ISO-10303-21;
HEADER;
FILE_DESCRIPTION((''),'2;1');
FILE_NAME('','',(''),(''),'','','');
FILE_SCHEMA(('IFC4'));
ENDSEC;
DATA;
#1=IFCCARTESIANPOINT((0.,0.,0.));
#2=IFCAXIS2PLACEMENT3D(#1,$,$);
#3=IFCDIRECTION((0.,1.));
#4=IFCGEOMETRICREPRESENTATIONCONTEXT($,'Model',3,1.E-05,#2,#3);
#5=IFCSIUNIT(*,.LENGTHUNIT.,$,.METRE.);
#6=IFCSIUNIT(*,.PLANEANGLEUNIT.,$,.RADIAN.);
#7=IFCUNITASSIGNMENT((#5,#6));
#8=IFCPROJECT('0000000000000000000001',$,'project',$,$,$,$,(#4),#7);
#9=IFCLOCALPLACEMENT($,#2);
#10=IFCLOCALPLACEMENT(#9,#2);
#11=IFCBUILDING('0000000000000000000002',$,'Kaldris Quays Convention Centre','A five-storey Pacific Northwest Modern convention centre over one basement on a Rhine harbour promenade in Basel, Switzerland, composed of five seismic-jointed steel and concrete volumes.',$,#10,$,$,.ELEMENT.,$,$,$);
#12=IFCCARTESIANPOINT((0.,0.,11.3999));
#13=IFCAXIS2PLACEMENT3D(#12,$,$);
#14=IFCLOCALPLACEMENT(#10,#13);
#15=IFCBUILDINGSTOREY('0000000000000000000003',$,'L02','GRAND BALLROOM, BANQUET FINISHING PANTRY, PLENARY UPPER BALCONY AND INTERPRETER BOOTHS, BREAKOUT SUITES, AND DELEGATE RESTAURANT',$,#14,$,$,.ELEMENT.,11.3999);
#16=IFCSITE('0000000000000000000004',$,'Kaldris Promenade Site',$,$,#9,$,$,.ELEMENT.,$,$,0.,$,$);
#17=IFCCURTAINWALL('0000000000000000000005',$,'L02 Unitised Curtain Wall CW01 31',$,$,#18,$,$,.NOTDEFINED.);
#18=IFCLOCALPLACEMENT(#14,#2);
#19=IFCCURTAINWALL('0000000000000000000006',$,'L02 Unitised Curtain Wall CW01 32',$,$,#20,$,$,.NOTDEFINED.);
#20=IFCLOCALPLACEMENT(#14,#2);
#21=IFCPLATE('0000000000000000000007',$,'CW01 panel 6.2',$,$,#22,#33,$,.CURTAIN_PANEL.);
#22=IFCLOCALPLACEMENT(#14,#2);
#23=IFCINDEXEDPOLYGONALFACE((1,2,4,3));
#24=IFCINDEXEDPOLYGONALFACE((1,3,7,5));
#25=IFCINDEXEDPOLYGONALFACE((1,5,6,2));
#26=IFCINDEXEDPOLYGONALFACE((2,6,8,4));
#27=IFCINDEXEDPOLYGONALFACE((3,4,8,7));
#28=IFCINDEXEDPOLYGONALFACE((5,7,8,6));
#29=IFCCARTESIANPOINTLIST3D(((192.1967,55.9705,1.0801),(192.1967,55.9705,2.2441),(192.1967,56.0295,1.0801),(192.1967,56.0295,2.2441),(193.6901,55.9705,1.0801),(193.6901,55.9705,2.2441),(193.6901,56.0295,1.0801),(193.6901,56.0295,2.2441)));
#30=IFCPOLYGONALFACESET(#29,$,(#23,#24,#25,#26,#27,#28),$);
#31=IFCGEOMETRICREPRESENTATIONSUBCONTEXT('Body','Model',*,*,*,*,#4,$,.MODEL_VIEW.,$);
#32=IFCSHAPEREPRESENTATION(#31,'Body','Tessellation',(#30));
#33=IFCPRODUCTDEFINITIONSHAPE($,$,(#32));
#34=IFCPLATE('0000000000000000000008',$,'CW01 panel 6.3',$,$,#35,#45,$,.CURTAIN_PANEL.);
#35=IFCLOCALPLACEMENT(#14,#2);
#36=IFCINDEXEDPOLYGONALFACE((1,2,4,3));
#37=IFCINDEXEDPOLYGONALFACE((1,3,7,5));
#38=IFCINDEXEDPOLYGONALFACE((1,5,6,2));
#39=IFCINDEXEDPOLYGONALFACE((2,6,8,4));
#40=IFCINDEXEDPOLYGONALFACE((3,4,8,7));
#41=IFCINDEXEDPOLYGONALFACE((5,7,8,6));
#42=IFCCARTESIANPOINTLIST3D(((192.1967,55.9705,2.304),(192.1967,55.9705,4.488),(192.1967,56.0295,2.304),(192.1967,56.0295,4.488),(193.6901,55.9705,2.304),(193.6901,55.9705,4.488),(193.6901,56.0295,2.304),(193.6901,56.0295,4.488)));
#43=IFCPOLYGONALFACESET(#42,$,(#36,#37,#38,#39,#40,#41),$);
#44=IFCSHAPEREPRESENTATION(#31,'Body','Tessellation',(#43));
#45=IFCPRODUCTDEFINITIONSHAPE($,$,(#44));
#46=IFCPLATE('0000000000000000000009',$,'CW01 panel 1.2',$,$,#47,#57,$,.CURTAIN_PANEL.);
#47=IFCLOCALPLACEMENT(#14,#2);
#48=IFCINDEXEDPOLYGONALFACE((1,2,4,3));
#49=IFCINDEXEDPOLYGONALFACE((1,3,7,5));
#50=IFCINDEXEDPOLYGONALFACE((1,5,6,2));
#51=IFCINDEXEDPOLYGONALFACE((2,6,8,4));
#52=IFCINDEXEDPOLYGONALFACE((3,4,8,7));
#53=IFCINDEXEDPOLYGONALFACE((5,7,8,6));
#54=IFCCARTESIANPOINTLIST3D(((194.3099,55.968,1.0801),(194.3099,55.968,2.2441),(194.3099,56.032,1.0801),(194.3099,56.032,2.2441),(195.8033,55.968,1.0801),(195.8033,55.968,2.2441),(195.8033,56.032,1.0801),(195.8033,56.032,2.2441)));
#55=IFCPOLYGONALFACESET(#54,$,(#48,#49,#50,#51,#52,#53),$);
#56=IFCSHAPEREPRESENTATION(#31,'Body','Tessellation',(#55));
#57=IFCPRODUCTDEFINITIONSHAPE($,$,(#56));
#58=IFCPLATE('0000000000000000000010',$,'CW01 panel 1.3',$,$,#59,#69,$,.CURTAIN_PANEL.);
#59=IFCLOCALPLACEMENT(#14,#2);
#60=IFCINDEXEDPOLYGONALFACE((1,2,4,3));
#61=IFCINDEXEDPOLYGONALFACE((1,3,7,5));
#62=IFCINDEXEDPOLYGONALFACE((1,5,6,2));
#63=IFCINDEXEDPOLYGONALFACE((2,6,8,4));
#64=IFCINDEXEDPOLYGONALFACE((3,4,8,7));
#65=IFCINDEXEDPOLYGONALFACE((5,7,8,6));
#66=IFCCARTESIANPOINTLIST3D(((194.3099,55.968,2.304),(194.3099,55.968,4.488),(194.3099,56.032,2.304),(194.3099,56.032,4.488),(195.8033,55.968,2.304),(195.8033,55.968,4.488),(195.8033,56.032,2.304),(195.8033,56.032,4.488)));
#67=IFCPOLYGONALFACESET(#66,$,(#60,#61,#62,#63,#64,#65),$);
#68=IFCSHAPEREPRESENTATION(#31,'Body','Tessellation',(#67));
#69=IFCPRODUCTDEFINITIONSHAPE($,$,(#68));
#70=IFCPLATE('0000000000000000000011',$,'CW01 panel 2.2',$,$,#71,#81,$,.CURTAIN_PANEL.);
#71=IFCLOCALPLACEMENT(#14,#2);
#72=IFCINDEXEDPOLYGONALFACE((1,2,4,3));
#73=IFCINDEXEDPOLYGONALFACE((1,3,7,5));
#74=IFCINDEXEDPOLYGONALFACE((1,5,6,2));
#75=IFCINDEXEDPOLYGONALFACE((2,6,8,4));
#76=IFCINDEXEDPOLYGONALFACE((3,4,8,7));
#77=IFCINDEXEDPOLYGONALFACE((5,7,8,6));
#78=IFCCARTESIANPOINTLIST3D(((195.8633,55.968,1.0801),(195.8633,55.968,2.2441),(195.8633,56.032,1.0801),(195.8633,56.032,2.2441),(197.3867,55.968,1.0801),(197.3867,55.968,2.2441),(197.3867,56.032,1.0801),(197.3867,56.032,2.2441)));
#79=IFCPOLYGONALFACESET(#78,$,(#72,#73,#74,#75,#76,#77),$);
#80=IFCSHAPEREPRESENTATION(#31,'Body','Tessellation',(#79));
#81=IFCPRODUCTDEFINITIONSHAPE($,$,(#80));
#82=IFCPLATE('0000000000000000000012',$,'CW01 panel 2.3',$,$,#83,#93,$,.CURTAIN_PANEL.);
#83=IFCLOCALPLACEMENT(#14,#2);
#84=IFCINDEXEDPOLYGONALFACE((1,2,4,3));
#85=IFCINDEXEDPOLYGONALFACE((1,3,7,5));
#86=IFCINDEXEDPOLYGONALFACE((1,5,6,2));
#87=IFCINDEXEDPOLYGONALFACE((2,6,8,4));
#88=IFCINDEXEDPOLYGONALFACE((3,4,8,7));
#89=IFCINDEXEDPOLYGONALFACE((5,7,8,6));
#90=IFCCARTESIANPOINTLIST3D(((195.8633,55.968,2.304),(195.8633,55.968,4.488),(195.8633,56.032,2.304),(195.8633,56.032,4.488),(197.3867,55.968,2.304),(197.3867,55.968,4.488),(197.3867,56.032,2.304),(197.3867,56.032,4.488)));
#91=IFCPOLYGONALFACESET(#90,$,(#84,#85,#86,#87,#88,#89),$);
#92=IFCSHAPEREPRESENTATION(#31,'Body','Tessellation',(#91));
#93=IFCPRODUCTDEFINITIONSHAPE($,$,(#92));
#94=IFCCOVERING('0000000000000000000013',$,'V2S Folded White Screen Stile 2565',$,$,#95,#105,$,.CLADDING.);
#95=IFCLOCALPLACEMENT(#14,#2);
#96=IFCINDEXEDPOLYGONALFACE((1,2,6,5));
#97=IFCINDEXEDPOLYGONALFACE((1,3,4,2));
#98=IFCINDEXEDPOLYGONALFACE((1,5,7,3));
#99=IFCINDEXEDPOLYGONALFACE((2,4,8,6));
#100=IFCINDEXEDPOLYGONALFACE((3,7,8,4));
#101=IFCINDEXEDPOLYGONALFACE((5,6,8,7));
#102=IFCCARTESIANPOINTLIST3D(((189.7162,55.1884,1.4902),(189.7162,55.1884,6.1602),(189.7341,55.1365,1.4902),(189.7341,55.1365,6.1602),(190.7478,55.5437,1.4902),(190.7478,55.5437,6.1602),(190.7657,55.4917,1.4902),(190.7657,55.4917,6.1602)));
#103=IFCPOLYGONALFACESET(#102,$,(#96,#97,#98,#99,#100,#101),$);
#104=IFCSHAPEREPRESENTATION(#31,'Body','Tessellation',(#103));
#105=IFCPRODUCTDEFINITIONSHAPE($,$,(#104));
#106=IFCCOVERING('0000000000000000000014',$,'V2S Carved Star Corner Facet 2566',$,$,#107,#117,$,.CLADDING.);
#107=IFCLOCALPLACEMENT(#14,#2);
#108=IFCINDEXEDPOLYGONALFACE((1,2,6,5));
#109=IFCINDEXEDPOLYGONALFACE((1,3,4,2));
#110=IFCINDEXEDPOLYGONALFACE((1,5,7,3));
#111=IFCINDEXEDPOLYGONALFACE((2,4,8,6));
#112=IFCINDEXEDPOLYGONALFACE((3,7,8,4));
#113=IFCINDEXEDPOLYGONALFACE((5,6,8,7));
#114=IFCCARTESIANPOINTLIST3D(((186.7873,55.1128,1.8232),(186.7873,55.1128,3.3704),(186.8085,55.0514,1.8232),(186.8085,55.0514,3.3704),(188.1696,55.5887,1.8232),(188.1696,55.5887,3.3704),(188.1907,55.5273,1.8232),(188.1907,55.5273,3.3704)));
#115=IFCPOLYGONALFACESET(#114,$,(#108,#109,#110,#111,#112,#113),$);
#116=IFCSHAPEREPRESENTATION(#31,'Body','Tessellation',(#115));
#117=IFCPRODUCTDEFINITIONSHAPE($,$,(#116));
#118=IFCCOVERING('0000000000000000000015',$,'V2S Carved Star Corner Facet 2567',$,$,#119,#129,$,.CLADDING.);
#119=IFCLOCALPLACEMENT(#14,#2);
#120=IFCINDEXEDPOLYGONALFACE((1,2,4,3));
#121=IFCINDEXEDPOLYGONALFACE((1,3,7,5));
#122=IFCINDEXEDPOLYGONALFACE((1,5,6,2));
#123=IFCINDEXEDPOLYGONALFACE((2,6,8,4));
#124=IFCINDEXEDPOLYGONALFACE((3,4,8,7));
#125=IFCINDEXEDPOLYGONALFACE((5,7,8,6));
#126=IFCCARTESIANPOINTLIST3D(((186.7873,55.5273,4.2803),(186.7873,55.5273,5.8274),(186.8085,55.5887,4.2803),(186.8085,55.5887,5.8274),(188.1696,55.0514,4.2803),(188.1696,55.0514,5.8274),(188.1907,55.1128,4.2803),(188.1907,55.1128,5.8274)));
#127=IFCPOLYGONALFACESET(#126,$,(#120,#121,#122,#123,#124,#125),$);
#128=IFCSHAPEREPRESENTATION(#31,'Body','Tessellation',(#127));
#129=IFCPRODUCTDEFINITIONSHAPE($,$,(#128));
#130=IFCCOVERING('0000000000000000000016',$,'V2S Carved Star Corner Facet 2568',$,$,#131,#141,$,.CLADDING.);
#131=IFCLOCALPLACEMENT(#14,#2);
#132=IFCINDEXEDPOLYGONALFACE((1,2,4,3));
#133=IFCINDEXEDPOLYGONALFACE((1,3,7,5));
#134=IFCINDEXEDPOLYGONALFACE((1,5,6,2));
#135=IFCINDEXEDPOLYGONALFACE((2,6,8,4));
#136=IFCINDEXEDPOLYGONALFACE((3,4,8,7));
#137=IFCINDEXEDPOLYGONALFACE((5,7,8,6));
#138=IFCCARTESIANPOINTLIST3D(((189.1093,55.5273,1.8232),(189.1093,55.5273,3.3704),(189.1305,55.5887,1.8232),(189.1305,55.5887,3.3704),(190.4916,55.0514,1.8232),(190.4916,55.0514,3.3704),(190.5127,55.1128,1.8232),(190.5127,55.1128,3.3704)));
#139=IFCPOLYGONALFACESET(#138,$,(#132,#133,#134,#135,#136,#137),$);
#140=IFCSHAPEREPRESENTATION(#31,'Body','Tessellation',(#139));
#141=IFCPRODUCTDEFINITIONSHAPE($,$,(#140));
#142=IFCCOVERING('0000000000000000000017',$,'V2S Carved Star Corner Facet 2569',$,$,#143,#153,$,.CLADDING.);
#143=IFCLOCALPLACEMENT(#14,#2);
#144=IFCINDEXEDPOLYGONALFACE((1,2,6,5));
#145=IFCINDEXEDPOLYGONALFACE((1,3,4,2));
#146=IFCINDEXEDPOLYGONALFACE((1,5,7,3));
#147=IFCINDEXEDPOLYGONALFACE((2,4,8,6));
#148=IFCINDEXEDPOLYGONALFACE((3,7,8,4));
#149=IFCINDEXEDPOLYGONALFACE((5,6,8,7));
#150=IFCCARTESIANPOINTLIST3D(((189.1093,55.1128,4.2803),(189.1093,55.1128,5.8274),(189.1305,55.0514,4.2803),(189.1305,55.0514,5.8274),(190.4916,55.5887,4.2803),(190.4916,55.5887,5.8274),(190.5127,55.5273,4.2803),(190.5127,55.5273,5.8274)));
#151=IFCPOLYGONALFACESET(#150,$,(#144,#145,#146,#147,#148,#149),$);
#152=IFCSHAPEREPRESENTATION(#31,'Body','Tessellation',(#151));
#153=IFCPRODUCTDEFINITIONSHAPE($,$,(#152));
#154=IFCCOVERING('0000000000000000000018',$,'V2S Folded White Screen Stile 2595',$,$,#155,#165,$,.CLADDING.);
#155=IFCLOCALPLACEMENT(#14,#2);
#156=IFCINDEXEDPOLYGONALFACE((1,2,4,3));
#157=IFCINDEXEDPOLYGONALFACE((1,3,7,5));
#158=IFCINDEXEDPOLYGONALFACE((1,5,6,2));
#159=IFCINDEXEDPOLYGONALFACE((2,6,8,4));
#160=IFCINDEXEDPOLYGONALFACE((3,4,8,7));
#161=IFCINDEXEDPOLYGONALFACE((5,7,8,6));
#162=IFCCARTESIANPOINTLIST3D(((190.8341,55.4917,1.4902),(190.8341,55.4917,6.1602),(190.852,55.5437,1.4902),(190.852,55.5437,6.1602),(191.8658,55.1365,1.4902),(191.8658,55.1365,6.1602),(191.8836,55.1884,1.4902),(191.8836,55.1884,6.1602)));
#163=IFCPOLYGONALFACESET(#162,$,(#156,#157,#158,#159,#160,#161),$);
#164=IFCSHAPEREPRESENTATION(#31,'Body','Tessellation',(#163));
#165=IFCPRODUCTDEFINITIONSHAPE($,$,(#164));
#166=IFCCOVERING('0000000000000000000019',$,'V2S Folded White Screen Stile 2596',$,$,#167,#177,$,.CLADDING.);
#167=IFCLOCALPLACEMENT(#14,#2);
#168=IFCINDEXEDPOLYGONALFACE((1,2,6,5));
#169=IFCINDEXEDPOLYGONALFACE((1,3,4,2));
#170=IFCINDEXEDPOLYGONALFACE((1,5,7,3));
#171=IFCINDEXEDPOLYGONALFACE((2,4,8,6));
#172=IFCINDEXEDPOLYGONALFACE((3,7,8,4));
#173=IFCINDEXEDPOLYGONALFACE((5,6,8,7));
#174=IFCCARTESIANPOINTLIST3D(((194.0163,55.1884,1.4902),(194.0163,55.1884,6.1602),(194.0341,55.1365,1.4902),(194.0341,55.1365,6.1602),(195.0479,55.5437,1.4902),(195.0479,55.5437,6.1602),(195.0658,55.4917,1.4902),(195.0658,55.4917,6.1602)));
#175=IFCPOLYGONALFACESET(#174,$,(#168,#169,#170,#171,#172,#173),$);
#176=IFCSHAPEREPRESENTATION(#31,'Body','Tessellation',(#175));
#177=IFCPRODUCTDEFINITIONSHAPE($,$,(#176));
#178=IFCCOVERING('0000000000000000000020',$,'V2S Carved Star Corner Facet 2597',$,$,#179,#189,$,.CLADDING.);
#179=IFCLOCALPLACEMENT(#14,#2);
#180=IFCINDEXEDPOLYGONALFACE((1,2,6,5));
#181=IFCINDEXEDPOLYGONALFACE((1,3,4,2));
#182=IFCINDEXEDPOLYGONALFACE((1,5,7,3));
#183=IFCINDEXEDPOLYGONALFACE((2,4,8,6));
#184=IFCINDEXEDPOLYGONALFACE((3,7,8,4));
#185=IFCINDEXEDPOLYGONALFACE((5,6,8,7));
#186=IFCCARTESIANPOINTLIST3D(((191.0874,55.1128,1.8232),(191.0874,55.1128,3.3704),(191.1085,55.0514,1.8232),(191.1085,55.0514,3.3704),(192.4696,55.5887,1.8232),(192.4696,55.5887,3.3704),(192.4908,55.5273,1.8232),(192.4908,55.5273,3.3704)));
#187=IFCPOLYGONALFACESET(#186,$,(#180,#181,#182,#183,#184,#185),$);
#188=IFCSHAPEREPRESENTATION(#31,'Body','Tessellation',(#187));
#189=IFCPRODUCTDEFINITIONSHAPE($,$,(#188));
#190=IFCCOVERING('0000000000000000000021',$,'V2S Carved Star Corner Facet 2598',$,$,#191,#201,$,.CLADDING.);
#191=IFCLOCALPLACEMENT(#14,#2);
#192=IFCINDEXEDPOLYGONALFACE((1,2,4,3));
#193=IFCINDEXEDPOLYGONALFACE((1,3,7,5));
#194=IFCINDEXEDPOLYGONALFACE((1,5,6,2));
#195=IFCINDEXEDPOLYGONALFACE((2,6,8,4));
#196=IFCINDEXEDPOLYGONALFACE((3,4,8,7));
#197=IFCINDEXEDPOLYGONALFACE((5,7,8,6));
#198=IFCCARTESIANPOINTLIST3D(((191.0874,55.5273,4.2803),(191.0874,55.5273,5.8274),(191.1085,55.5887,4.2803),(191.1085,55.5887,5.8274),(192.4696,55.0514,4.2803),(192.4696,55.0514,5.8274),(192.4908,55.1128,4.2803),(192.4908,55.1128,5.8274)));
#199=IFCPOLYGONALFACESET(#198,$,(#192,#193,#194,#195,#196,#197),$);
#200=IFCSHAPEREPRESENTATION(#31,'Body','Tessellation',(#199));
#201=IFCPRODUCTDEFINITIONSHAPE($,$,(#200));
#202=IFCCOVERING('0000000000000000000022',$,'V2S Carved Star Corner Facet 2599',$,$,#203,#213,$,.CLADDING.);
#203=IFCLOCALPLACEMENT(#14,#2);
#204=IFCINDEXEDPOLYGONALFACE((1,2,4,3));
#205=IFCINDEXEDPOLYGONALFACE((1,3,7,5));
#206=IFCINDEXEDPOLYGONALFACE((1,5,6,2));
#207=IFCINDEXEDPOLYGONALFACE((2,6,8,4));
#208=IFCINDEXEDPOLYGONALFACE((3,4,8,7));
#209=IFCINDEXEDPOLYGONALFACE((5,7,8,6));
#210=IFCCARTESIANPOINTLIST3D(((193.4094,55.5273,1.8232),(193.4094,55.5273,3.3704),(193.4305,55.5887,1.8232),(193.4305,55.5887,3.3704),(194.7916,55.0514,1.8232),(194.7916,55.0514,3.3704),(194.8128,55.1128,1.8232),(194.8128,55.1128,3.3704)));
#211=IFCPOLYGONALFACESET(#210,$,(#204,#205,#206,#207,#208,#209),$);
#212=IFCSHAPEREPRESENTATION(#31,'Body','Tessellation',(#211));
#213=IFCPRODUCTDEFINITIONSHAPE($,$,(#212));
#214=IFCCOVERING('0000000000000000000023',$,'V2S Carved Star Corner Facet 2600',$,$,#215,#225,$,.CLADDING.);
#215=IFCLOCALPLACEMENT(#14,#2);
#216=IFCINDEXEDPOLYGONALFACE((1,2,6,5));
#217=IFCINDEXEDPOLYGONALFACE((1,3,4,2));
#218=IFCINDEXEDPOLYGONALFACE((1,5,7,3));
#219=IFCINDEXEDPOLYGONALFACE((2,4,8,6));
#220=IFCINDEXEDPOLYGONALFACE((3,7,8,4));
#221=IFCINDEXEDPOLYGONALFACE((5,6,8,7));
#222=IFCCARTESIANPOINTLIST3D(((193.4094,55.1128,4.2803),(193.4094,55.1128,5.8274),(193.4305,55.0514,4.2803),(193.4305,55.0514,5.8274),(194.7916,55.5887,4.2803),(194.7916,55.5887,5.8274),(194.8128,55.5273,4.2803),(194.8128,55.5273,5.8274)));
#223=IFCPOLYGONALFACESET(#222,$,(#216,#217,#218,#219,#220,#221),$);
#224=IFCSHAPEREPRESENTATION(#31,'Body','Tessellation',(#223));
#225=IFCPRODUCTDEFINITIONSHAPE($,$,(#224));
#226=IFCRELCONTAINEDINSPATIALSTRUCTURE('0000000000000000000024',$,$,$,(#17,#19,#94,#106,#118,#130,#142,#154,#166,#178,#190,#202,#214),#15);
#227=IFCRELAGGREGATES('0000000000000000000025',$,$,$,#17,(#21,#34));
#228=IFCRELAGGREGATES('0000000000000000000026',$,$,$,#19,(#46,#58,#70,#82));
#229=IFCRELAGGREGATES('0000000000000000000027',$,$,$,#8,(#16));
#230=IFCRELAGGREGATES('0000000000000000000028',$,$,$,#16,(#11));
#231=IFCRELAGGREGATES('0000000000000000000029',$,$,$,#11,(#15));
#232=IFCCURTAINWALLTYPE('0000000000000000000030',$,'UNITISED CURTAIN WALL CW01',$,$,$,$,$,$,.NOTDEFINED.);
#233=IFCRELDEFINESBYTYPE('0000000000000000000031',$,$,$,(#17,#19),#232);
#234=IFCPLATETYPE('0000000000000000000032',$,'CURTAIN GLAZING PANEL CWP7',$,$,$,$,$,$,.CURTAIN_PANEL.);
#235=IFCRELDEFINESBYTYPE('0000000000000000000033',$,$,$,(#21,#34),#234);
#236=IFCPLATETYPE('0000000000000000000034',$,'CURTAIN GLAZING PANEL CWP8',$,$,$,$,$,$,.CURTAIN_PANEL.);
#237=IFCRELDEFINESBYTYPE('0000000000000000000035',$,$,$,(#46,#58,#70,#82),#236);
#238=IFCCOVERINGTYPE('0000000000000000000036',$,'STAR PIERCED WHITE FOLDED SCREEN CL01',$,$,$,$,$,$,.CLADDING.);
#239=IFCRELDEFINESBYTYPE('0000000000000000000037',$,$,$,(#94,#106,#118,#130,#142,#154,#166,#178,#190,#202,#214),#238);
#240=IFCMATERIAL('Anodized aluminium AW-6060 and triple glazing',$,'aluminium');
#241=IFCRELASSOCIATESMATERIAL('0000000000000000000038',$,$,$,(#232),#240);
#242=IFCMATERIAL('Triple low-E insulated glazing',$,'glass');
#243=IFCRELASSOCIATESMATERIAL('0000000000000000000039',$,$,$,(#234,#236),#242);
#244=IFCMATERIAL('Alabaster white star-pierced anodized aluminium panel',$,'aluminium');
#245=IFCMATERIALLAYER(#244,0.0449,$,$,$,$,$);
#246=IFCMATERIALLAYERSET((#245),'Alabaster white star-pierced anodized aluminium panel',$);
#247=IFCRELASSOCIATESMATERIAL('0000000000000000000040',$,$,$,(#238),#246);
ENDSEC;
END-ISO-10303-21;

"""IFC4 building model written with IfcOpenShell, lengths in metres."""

from ifc_helpers import new_model, si_unit, direction, frame, origin, origin_2d, place, context, subcontext, project, spatial, rectangle, extrude, material, layer, layer_set, type_object, element, aggregate, save


model = new_model("IFC4")

# Units and contexts
model_context = context("Model", 3, precision=1e-05, world=origin(), true_north=direction((0.0, 1.0)))
body_context = subcontext(model_context, "Body", "Model", "MODEL_VIEW")
ifc_project = project(units=[si_unit("LENGTHUNIT", "METRE"), si_unit("PLANEANGLEUNIT", "RADIAN")], contexts=[model_context])

# Site, building, storey
site_placement = place(None, origin())
site = spatial("IfcSite", under=ifc_project, at=site_placement, Name="Kaldris Promenade Site", CompositionType="ELEMENT", RefElevation=0.0)
building_placement = place(site_placement, origin())
building = spatial("IfcBuilding", under=site, at=building_placement, Name="Kaldris Quays Convention Centre", Description="A five-storey Pacific Northwest Modern convention centre over one basement on a Rhine harbour promenade in Basel, Switzerland, composed of five seismic-jointed steel and concrete volumes.", CompositionType="ELEMENT")
storey_placement = place(building_placement, frame((0.0, 0.0, 11.3999)))
storey = spatial("IfcBuildingStorey", under=building, at=storey_placement, Name="L02", Description="GRAND BALLROOM, BANQUET FINISHING PANTRY, PLENARY UPPER BALCONY AND INTERPRETER BOOTHS, BREAKOUT SUITES, AND DELEGATE RESTAURANT", CompositionType="ELEMENT", Elevation=11.3999)

# Curtain walls
ifc_material_1 = material(Name="Anodized aluminium AW-6060 and triple glazing", Category="aluminium")
curtain_wall_type = type_object("IfcCurtainWallType", Name="UNITISED CURTAIN WALL CW01", PredefinedType="NOTDEFINED", material=ifc_material_1)
curtain_wall_1_placement = place(storey_placement, origin())
curtain_wall_1 = element("IfcCurtainWall", 1, at=curtain_wall_1_placement, inside=storey, type_object=curtain_wall_type, Name="L02 Unitised Curtain Wall CW01 31", PredefinedType="NOTDEFINED")
curtain_wall_2_placement = place(storey_placement, origin())
curtain_wall_2 = element("IfcCurtainWall", 2, at=curtain_wall_2_placement, inside=storey, type_object=curtain_wall_type, Name="L02 Unitised Curtain Wall CW01 32", PredefinedType="NOTDEFINED")

# Plates
ifc_material_2 = material(Name="Triple low-E insulated glazing", Category="glass")
plate_type_1 = type_object("IfcPlateType", Name="CURTAIN GLAZING PANEL CWP7", PredefinedType="CURTAIN_PANEL", material=ifc_material_2)
plate_1_placement = place(storey_placement, frame((192.9434, 56.0, 1.0801), z_axis=(0.0, 0.0, 1.0), x_axis=(1.0, 0.0, 0.0)))
plate_1 = element("IfcPlate", 3, at=plate_1_placement, type_object=plate_type_1, Name="CW01 panel 6.2", PredefinedType="CURTAIN_PANEL", context=body_context, shape_type="SweptSolid", body=[
    extrude(rectangle(XDim=1.4934, YDim=0.0591, at=origin_2d()), origin(), (0.0, 0.0, 1.0), 1.1641),
])
plate_2_placement = place(storey_placement, frame((192.9434, 56.0, 2.304), z_axis=(0.0, 0.0, 1.0), x_axis=(1.0, 0.0, 0.0)))
plate_2 = element("IfcPlate", 4, at=plate_2_placement, type_object=plate_type_1, Name="CW01 panel 6.3", PredefinedType="CURTAIN_PANEL", context=body_context, shape_type="SweptSolid", body=[
    extrude(rectangle(XDim=1.4934, YDim=0.0591, at=origin_2d()), origin(), (0.0, 0.0, 1.0), 2.1841),
])
aggregate(curtain_wall_1, [plate_1, plate_2])
plate_type_2 = type_object("IfcPlateType", Name="CURTAIN GLAZING PANEL CWP8", PredefinedType="CURTAIN_PANEL", material=ifc_material_2)
plate_3_placement = place(storey_placement, frame((195.0566, 56.0, 1.0801), z_axis=(0.0, 0.0, 1.0), x_axis=(1.0, 0.0, 0.0)))
plate_3 = element("IfcPlate", 5, at=plate_3_placement, type_object=plate_type_2, Name="CW01 panel 1.2", PredefinedType="CURTAIN_PANEL", context=body_context, shape_type="SweptSolid", body=[
    extrude(rectangle(XDim=1.4934, YDim=0.064, at=origin_2d()), origin(), (0.0, 0.0, 1.0), 1.1641),
])
plate_4_placement = place(storey_placement, frame((195.0566, 56.0, 2.304), z_axis=(0.0, 0.0, 1.0), x_axis=(1.0, 0.0, 0.0)))
plate_4 = element("IfcPlate", 6, at=plate_4_placement, type_object=plate_type_2, Name="CW01 panel 1.3", PredefinedType="CURTAIN_PANEL", context=body_context, shape_type="SweptSolid", body=[
    extrude(rectangle(XDim=1.4934, YDim=0.064, at=origin_2d()), origin(), (0.0, 0.0, 1.0), 2.1841),
])
plate_5_placement = place(storey_placement, frame((196.625, 56.0, 1.0801), z_axis=(0.0, 0.0, 1.0), x_axis=(1.0, 0.0, 0.0)))
plate_5 = element("IfcPlate", 7, at=plate_5_placement, type_object=plate_type_2, Name="CW01 panel 2.2", PredefinedType="CURTAIN_PANEL", context=body_context, shape_type="SweptSolid", body=[
    extrude(rectangle(XDim=1.5234, YDim=0.064, at=origin_2d()), origin(), (0.0, 0.0, 1.0), 1.1641),
])
plate_6_placement = place(storey_placement, frame((196.625, 56.0, 2.304), z_axis=(0.0, 0.0, 1.0), x_axis=(1.0, 0.0, 0.0)))
plate_6 = element("IfcPlate", 8, at=plate_6_placement, type_object=plate_type_2, Name="CW01 panel 2.3", PredefinedType="CURTAIN_PANEL", context=body_context, shape_type="SweptSolid", body=[
    extrude(rectangle(XDim=1.5234, YDim=0.064, at=origin_2d()), origin(), (0.0, 0.0, 1.0), 2.1841),
])
aggregate(curtain_wall_2, [plate_3, plate_4, plate_5, plate_6])

# Coverings
ifc_material_3 = material(Name="Alabaster white star-pierced anodized aluminium panel", Category="aluminium")
ifc_layer = layer(ifc_material_3, 0.0449)
ifc_layer_set = layer_set([ifc_layer], Name="Alabaster white star-pierced anodized aluminium panel")
covering_type = type_object("IfcCoveringType", Name="STAR PIERCED WHITE FOLDED SCREEN CL01", PredefinedType="CLADDING", material=ifc_layer_set)
covering_1_placement = place(storey_placement, frame((190.241, 55.3401, 1.4902), z_axis=(0.0, 0.0, 1.0), x_axis=(0.945519, 0.325568, 0.0)))
element("IfcCovering", 9, at=covering_1_placement, inside=storey, type_object=covering_type, Name="V2S Folded White Screen Stile 2565", PredefinedType="CLADDING", context=body_context, shape_type="SweptSolid", body=[
    extrude(rectangle(XDim=1.0911, YDim=0.0549, at=origin_2d()), origin(), (0.0, 0.0, 1.0), 4.6699),
])
for number, where, z_axis, x_axis, name in (
    (10, (187.489, 55.3201, 1.8232), (0.0, 0.0, 1.0), (0.945519, 0.325568, 0.0), "V2S Carved Star Corner Facet 2566"),
    (11, (187.489, 55.3201, 4.2803), (0.0, 0.0, 1.0), (0.945519, -0.325568, 0.0), "V2S Carved Star Corner Facet 2567"),
    (12, (189.811, 55.3201, 1.8232), (0.0, 0.0, 1.0), (0.945519, -0.325568, 0.0), "V2S Carved Star Corner Facet 2568"),
    (13, (189.811, 55.3201, 4.2803), (0.0, 0.0, 1.0), (0.945519, 0.325568, 0.0), "V2S Carved Star Corner Facet 2569"),
):
    element("IfcCovering", number, at=place(storey_placement, frame(where, z_axis=z_axis, x_axis=x_axis)), inside=storey, type_object=covering_type, Name=name, PredefinedType="CLADDING", context=body_context, shape_type="SweptSolid", body=[
        extrude(rectangle(XDim=1.4619, YDim=0.0649, at=origin_2d()), origin(), (0.0, 0.0, 1.0), 1.5471),
    ])
for number, where, z_axis, x_axis, name in (
    (14, (191.3589, 55.3401, 1.4902), (0.0, 0.0, 1.0), (0.945519, -0.325568, 0.0), "V2S Folded White Screen Stile 2595"),
    (15, (194.541, 55.3401, 1.4902), (0.0, 0.0, 1.0), (0.945519, 0.325568, 0.0), "V2S Folded White Screen Stile 2596"),
):
    element("IfcCovering", number, at=place(storey_placement, frame(where, z_axis=z_axis, x_axis=x_axis)), inside=storey, type_object=covering_type, Name=name, PredefinedType="CLADDING", context=body_context, shape_type="SweptSolid", body=[
        extrude(rectangle(XDim=1.0911, YDim=0.0549, at=origin_2d()), origin(), (0.0, 0.0, 1.0), 4.6699),
    ])
for number, where, z_axis, x_axis, name in (
    (16, (191.7891, 55.3201, 1.8232), (0.0, 0.0, 1.0), (0.945519, 0.325568, 0.0), "V2S Carved Star Corner Facet 2597"),
    (17, (191.7891, 55.3201, 4.2803), (0.0, 0.0, 1.0), (0.945519, -0.325568, 0.0), "V2S Carved Star Corner Facet 2598"),
    (18, (194.1111, 55.3201, 1.8232), (0.0, 0.0, 1.0), (0.945519, -0.325568, 0.0), "V2S Carved Star Corner Facet 2599"),
    (19, (194.1111, 55.3201, 4.2803), (0.0, 0.0, 1.0), (0.945519, 0.325568, 0.0), "V2S Carved Star Corner Facet 2600"),
):
    element("IfcCovering", number, at=place(storey_placement, frame(where, z_axis=z_axis, x_axis=x_axis)), inside=storey, type_object=covering_type, Name=name, PredefinedType="CLADDING", context=body_context, shape_type="SweptSolid", body=[
        extrude(rectangle(XDim=1.4619, YDim=0.0649, at=origin_2d()), origin(), (0.0, 0.0, 1.0), 1.5471),
    ])

save(model, "model.ifc")
